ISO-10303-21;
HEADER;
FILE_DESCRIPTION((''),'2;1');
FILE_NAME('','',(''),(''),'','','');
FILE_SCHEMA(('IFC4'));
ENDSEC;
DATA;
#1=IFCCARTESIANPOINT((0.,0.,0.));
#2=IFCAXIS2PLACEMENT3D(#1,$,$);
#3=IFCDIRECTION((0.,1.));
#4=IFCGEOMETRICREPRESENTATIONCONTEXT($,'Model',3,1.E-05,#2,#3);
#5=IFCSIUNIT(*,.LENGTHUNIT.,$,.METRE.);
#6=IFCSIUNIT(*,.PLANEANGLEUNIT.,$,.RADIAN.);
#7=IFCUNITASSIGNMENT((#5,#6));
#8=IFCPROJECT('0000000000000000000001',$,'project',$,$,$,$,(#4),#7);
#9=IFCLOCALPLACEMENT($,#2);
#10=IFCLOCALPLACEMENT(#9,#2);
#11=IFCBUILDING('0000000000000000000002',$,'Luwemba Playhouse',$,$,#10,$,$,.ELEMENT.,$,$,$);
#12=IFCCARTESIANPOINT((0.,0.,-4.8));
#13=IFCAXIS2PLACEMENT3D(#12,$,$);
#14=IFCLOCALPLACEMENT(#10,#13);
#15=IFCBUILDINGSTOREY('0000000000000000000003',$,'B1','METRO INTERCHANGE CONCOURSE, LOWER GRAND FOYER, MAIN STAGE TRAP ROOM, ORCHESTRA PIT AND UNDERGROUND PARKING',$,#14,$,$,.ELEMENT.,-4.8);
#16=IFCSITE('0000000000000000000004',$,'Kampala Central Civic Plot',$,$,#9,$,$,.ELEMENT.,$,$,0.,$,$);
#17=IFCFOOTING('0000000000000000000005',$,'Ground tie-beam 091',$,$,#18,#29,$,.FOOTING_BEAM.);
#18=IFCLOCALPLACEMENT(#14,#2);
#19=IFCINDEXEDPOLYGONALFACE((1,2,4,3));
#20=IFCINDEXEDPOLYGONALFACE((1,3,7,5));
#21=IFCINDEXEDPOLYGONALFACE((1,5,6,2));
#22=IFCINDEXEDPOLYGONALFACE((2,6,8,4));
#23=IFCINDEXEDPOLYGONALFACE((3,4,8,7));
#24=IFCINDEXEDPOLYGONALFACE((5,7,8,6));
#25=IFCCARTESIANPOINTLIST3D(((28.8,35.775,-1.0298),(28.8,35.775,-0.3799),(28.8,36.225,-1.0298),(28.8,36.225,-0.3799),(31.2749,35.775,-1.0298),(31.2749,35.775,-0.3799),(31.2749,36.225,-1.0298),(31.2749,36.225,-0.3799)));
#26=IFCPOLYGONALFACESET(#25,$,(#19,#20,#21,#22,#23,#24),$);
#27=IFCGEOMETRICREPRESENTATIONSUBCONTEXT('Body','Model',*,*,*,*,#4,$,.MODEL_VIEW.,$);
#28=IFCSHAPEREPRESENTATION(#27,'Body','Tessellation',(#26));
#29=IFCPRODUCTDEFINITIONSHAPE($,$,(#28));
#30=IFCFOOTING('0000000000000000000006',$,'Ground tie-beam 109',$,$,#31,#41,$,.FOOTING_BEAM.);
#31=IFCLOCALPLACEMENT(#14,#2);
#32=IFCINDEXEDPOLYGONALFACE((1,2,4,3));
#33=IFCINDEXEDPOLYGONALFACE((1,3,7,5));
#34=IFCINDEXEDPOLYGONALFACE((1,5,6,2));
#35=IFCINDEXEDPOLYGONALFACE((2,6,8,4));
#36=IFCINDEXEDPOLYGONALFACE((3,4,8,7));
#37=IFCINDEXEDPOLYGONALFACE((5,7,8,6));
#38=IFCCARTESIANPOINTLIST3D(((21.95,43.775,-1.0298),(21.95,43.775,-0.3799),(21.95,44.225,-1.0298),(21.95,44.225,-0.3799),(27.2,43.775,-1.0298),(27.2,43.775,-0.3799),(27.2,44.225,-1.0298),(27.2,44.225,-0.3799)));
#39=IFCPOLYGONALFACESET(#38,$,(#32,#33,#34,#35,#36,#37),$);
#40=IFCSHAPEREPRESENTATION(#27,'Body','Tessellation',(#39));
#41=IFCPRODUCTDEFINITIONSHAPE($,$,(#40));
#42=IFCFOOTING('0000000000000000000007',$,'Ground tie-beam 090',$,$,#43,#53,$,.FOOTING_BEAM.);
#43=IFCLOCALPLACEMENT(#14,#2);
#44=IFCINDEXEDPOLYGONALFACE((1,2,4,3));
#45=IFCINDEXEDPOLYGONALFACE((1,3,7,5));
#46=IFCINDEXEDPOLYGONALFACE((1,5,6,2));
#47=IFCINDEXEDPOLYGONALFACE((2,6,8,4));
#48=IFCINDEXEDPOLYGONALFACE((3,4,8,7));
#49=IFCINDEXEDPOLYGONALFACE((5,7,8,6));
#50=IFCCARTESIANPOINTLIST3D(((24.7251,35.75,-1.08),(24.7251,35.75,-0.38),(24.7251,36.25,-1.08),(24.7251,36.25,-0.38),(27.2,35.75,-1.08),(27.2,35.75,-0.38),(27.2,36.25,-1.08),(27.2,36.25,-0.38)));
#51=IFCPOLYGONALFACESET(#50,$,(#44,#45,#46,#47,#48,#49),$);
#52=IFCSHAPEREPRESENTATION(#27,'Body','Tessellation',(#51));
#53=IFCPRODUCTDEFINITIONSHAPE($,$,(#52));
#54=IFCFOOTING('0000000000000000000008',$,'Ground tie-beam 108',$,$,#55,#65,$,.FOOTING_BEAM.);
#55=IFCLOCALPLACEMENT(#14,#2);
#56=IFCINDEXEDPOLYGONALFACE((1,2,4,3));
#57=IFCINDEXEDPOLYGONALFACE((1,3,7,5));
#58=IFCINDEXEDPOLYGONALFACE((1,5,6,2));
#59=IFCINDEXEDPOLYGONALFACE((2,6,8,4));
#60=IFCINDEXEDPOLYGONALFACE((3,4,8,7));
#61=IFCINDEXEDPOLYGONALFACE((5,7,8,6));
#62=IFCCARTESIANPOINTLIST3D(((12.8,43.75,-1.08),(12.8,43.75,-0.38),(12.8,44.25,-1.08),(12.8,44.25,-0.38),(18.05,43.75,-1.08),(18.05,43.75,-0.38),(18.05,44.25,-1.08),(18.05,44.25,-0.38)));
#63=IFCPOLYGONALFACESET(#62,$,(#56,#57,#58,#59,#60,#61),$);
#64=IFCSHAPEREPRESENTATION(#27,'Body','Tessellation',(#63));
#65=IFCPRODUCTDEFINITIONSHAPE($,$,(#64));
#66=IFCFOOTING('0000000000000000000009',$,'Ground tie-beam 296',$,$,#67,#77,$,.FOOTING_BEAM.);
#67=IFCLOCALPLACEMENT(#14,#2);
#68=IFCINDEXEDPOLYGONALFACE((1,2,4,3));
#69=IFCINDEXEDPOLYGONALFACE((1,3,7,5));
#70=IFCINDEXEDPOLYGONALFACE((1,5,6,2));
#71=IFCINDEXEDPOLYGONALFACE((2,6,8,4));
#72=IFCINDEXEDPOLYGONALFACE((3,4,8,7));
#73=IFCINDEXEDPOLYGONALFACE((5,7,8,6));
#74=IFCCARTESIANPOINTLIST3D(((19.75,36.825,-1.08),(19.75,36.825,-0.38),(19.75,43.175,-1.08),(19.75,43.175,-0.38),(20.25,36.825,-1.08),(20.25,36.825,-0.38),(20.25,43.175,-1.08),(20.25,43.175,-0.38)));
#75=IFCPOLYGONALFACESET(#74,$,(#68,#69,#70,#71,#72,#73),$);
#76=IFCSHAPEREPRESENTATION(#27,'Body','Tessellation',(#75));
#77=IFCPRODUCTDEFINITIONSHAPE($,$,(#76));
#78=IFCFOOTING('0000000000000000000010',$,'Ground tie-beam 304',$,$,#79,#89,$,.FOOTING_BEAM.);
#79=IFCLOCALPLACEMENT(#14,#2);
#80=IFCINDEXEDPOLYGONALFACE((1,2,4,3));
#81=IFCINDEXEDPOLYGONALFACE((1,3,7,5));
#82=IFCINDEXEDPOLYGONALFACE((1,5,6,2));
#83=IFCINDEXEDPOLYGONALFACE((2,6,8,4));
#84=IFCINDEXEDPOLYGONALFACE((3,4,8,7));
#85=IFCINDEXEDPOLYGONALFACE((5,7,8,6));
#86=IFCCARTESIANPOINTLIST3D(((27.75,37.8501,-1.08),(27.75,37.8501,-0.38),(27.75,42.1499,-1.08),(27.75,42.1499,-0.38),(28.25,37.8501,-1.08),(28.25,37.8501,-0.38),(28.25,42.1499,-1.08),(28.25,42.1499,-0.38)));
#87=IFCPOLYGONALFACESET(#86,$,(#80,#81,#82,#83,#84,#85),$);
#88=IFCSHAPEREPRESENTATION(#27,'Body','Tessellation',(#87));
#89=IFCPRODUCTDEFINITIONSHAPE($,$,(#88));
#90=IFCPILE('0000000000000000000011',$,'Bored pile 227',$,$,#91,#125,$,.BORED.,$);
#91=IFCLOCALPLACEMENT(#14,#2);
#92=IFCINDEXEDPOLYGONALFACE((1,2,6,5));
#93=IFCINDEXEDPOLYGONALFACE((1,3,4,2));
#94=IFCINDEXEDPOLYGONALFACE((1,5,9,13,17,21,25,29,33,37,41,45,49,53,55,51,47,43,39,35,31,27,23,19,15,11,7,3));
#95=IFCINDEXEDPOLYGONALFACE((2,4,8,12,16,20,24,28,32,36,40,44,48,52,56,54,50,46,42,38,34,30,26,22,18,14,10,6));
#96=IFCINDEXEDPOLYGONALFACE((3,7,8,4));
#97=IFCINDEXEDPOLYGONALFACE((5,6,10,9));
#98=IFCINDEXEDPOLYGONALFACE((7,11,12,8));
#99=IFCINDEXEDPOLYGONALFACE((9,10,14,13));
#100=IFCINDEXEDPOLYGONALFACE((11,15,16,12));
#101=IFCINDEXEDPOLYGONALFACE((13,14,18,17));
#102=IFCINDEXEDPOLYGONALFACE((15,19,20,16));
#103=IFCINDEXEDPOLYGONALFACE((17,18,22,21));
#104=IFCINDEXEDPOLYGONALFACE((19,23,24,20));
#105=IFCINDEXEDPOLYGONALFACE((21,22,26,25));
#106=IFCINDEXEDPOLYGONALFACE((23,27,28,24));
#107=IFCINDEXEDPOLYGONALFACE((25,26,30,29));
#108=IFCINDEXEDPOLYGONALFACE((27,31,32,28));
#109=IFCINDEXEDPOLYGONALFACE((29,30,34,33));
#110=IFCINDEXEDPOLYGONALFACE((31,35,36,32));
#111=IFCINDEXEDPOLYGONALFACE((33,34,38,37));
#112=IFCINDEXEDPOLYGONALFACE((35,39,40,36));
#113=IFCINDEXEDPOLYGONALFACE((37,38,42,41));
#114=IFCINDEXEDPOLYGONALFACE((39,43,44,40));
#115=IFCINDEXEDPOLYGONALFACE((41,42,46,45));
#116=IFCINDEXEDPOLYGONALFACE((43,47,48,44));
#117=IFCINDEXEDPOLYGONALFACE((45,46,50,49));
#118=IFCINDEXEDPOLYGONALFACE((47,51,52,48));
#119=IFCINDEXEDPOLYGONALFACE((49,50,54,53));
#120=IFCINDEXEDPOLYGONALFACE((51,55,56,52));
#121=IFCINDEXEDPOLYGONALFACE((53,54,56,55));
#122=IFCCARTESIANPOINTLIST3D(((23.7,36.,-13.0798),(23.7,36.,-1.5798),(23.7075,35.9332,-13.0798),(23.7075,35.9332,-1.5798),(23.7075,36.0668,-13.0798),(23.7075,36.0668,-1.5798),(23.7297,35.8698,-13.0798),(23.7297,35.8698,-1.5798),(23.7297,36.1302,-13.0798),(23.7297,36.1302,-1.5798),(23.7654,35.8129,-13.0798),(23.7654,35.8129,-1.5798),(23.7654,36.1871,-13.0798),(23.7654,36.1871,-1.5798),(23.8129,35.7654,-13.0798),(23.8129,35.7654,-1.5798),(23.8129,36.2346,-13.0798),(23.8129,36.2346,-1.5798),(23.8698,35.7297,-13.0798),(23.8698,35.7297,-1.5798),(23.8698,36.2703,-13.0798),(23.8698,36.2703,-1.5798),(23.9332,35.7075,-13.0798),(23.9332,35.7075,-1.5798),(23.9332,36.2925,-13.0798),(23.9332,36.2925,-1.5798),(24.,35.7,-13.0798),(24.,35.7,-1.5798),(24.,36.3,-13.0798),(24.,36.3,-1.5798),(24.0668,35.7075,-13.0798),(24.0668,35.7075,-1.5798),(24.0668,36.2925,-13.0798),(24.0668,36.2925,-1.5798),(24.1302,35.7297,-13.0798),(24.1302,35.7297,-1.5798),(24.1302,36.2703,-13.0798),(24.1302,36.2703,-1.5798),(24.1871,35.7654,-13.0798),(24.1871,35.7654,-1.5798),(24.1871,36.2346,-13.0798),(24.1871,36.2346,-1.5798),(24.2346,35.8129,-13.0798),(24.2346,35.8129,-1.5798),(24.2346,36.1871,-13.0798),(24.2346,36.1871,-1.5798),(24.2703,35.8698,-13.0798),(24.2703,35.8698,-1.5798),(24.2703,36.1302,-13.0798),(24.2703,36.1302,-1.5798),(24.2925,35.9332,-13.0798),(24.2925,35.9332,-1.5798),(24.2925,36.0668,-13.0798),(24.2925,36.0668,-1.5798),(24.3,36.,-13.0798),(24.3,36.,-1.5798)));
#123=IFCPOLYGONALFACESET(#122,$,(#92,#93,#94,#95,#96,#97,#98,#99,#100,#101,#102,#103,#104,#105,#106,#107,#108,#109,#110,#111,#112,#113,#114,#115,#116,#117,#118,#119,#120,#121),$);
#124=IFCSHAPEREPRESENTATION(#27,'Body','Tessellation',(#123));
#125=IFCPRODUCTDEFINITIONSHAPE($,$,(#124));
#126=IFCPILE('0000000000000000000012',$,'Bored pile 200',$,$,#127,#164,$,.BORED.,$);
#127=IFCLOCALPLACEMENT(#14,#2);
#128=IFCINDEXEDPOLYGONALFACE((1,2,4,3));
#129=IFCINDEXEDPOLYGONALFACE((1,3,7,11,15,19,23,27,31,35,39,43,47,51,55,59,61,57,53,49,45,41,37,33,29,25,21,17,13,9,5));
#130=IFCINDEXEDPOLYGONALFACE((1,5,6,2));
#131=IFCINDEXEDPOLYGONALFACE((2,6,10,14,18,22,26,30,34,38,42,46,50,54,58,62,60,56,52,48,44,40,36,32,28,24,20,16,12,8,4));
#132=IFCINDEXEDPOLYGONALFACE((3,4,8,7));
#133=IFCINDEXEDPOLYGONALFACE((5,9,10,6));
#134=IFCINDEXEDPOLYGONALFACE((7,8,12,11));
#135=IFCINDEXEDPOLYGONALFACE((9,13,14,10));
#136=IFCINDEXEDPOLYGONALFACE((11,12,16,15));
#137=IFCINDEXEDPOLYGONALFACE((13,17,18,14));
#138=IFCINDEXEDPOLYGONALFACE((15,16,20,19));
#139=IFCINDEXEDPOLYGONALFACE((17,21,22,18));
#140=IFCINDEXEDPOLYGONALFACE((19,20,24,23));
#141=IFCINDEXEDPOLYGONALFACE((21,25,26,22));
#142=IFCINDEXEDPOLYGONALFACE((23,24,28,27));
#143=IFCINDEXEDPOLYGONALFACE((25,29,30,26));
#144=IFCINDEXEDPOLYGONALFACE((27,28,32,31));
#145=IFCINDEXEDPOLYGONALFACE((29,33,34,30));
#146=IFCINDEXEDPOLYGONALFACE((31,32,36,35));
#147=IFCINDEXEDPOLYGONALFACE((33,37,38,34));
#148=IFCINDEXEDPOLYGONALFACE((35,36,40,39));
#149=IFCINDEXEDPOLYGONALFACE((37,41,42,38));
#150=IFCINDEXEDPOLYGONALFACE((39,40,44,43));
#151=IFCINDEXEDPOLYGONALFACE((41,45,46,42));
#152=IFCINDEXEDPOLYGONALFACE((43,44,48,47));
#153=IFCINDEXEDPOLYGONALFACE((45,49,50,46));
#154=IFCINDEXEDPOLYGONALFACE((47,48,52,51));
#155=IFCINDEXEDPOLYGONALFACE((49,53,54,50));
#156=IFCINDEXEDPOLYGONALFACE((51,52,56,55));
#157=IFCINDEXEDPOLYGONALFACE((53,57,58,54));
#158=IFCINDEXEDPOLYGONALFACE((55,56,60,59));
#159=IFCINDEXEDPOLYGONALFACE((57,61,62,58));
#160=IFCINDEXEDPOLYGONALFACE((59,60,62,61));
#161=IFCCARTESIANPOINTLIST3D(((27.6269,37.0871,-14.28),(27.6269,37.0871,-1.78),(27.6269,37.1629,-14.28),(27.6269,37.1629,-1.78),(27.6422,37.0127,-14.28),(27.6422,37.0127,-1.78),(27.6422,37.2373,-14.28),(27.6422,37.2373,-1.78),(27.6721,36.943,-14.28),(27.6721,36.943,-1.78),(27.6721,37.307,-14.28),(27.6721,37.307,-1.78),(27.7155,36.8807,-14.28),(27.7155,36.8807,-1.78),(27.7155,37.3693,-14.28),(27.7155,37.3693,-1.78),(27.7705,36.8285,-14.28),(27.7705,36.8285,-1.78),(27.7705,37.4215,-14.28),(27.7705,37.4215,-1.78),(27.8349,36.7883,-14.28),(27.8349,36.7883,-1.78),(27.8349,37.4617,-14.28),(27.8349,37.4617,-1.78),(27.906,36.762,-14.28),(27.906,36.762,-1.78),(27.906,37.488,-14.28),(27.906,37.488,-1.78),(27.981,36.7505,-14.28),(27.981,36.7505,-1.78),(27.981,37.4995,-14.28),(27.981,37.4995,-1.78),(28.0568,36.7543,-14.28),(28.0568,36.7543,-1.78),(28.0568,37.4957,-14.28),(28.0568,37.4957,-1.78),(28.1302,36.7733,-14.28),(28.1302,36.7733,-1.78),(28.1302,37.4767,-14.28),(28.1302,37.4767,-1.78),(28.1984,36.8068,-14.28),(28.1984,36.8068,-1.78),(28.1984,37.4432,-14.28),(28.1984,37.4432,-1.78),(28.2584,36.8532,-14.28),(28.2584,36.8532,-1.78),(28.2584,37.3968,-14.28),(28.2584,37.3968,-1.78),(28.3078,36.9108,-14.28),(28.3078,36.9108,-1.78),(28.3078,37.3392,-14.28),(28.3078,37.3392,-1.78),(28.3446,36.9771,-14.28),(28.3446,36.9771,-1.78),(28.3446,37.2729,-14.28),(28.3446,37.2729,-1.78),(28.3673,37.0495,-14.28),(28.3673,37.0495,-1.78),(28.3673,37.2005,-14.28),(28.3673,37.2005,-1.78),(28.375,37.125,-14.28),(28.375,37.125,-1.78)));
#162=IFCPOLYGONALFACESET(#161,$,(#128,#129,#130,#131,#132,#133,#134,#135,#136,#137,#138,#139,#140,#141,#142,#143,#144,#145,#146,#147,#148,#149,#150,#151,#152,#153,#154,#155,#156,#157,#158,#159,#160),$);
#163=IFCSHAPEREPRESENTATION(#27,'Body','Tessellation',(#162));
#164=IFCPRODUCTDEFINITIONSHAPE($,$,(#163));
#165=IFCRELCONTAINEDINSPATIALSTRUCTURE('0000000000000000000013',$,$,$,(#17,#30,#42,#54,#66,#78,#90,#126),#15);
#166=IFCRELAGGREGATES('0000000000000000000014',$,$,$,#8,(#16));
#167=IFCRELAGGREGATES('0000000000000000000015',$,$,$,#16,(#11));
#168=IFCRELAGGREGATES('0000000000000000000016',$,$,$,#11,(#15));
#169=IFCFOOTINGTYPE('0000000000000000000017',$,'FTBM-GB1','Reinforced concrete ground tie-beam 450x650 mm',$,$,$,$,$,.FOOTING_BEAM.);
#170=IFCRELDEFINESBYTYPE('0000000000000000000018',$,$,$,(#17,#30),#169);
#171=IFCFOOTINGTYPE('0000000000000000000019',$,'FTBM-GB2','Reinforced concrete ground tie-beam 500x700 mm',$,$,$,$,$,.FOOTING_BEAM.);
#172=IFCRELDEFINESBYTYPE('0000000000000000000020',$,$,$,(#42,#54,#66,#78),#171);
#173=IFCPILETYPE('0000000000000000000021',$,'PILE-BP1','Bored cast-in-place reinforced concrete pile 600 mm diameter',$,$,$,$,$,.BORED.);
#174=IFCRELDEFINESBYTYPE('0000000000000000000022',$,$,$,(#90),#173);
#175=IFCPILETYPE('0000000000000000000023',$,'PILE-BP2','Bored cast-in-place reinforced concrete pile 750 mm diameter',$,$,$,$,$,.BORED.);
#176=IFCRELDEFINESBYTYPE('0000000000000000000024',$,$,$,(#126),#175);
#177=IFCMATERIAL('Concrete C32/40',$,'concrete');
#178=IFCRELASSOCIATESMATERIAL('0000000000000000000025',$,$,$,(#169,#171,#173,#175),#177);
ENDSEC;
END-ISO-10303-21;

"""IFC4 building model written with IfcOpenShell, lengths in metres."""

from ifc_helpers import new_model, si_unit, direction, frame, origin, origin_2d, place, context, subcontext, project, spatial, rectangle, circle, extrude, material, material_profile, profile_set, type_object, element, save


model = new_model("IFC4")

# Units and contexts
model_context = context("Model", 3, precision=1e-05, world=origin(), true_north=direction((0.0, 1.0)))
body_context = subcontext(model_context, "Body", "Model", "MODEL_VIEW")
ifc_project = project(units=[si_unit("LENGTHUNIT", "METRE"), si_unit("PLANEANGLEUNIT", "RADIAN")], contexts=[model_context])

# Site, building, storey
site_placement = place(None, origin())
site = spatial("IfcSite", under=ifc_project, at=site_placement, Name="Kampala Central Civic Plot", CompositionType="ELEMENT", RefElevation=0.0)
building_placement = place(site_placement, origin())
building = spatial("IfcBuilding", under=site, at=building_placement, Name="Luwemba Playhouse", CompositionType="ELEMENT")
storey_placement = place(building_placement, frame((0.0, 0.0, -4.8)))
storey = spatial("IfcBuildingStorey", under=building, at=storey_placement, Name="B1", Description="METRO INTERCHANGE CONCOURSE, LOWER GRAND FOYER, MAIN STAGE TRAP ROOM, ORCHESTRA PIT AND UNDERGROUND PARKING", CompositionType="ELEMENT", Elevation=-4.8)

# Footings
ifc_material_1 = material(Name="Concrete C32/40", Category="concrete")
ifc_material_profile_1 = material_profile(ifc_material_1, rectangle(XDim=0.45, YDim=0.6499, at=origin_2d()))
ifc_profile_set_1 = profile_set([ifc_material_profile_1], Name="Concrete C32/40")
footing_type_1 = type_object("IfcFootingType", Name="FTBM-GB1", Description="Reinforced concrete ground tie-beam 450x650 mm", PredefinedType="FOOTING_BEAM", material=ifc_profile_set_1)
footing_1_placement = place(storey_placement, frame((28.8, 36.0, -0.7048), z_axis=(1.0, 0.0, 0.0), x_axis=(0.0, 1.0, 0.0)))
element("IfcFooting", 1, at=footing_1_placement, inside=storey, type_object=footing_type_1, Name="Ground tie-beam 091", PredefinedType="FOOTING_BEAM", context=body_context, shape_type="SweptSolid", body=[
    extrude(rectangle(XDim=0.45, YDim=0.6499, at=origin_2d()), origin(), (0.0, 0.0, 1.0), 2.4749),
])
footing_2_placement = place(storey_placement, frame((21.95, 44.0, -0.7048), z_axis=(1.0, 0.0, 0.0), x_axis=(0.0, 1.0, 0.0)))
element("IfcFooting", 2, at=footing_2_placement, inside=storey, type_object=footing_type_1, Name="Ground tie-beam 109", PredefinedType="FOOTING_BEAM", context=body_context, shape_type="SweptSolid", body=[
    extrude(rectangle(XDim=0.45, YDim=0.6499, at=origin_2d()), origin(), (0.0, 0.0, 1.0), 5.25),
])
ifc_material_profile_2 = material_profile(ifc_material_1, rectangle(XDim=0.5, YDim=0.7, at=origin_2d()))
ifc_profile_set_2 = profile_set([ifc_material_profile_2], Name="Concrete C32/40")
footing_type_2 = type_object("IfcFootingType", Name="FTBM-GB2", Description="Reinforced concrete ground tie-beam 500x700 mm", PredefinedType="FOOTING_BEAM", material=ifc_profile_set_2)
footing_3_placement = place(storey_placement, frame((24.7251, 36.0, -0.73), z_axis=(1.0, 0.0, 0.0), x_axis=(0.0, 1.0, 0.0)))
element("IfcFooting", 3, at=footing_3_placement, inside=storey, type_object=footing_type_2, Name="Ground tie-beam 090", PredefinedType="FOOTING_BEAM", context=body_context, shape_type="SweptSolid", body=[
    extrude(rectangle(XDim=0.5, YDim=0.7, at=origin_2d()), origin(), (0.0, 0.0, 1.0), 2.4749),
])
footing_4_placement = place(storey_placement, frame((12.8, 44.0, -0.73), z_axis=(1.0, 0.0, 0.0), x_axis=(0.0, 1.0, 0.0)))
element("IfcFooting", 4, at=footing_4_placement, inside=storey, type_object=footing_type_2, Name="Ground tie-beam 108", PredefinedType="FOOTING_BEAM", context=body_context, shape_type="SweptSolid", body=[
    extrude(rectangle(XDim=0.5, YDim=0.7, at=origin_2d()), origin(), (0.0, 0.0, 1.0), 5.25),
])
footing_5_placement = place(storey_placement, frame((20.0, 36.825, -0.73), z_axis=(0.0, 1.0, 0.0), x_axis=(-1.0, 0.0, 0.0)))
element("IfcFooting", 5, at=footing_5_placement, inside=storey, type_object=footing_type_2, Name="Ground tie-beam 296", PredefinedType="FOOTING_BEAM", context=body_context, shape_type="SweptSolid", body=[
    extrude(rectangle(XDim=0.5, YDim=0.7, at=origin_2d()), origin(), (0.0, 0.0, 1.0), 6.3501),
])
footing_6_placement = place(storey_placement, frame((28.0, 37.8501, -0.73), z_axis=(0.0, 1.0, 0.0), x_axis=(-1.0, 0.0, 0.0)))
element("IfcFooting", 6, at=footing_6_placement, inside=storey, type_object=footing_type_2, Name="Ground tie-beam 304", PredefinedType="FOOTING_BEAM", context=body_context, shape_type="SweptSolid", body=[
    extrude(rectangle(XDim=0.5, YDim=0.7, at=origin_2d()), origin(), (0.0, 0.0, 1.0), 4.2998),
])

# Piles
ifc_material_profile_3 = material_profile(ifc_material_1, circle(Radius=0.3, at=origin_2d()))
ifc_profile_set_3 = profile_set([ifc_material_profile_3], Name="Concrete C32/40")
pile_type_1 = type_object("IfcPileType", Name="PILE-BP1", Description="Bored cast-in-place reinforced concrete pile 600 mm diameter", PredefinedType="BORED", material=ifc_profile_set_3)
pile_placement = place(storey_placement, frame((24.0, 36.0, -1.5798), z_axis=(0.0, 0.0, -1.0), x_axis=(1.0, 0.0, 0.0)))
element("IfcPile", 7, at=pile_placement, inside=storey, type_object=pile_type_1, Name="Bored pile 227", PredefinedType="BORED", context=body_context, shape_type="SweptSolid", body=[
    extrude(circle(Radius=0.3, at=origin_2d()), origin(), (0.0, 0.0, 1.0), 11.5),
])
ifc_material_profile_4 = material_profile(ifc_material_1, circle(Radius=0.375, at=origin_2d()))
ifc_profile_set_4 = profile_set([ifc_material_profile_4], Name="Concrete C32/40")
pile_type_2 = type_object("IfcPileType", Name="PILE-BP2", Description="Bored cast-in-place reinforced concrete pile 750 mm diameter", PredefinedType="BORED", material=ifc_profile_set_4)
for number, where, z_axis, x_axis, name in (
    (8, (28.0, 37.125, -1.78), (0.0, 0.0, -1.0), (1.0, 0.0, 0.0), "Bored pile 200"),
):
    element("IfcPile", number, at=place(storey_placement, frame(where, z_axis=z_axis, x_axis=x_axis)), inside=storey, type_object=pile_type_2, Name=name, PredefinedType="BORED", context=body_context, shape_type="SweptSolid", body=[
        extrude(circle(Radius=0.375, at=origin_2d()), origin(), (0.0, 0.0, 1.0), 12.5),
    ])

save(model, "model.ifc")
